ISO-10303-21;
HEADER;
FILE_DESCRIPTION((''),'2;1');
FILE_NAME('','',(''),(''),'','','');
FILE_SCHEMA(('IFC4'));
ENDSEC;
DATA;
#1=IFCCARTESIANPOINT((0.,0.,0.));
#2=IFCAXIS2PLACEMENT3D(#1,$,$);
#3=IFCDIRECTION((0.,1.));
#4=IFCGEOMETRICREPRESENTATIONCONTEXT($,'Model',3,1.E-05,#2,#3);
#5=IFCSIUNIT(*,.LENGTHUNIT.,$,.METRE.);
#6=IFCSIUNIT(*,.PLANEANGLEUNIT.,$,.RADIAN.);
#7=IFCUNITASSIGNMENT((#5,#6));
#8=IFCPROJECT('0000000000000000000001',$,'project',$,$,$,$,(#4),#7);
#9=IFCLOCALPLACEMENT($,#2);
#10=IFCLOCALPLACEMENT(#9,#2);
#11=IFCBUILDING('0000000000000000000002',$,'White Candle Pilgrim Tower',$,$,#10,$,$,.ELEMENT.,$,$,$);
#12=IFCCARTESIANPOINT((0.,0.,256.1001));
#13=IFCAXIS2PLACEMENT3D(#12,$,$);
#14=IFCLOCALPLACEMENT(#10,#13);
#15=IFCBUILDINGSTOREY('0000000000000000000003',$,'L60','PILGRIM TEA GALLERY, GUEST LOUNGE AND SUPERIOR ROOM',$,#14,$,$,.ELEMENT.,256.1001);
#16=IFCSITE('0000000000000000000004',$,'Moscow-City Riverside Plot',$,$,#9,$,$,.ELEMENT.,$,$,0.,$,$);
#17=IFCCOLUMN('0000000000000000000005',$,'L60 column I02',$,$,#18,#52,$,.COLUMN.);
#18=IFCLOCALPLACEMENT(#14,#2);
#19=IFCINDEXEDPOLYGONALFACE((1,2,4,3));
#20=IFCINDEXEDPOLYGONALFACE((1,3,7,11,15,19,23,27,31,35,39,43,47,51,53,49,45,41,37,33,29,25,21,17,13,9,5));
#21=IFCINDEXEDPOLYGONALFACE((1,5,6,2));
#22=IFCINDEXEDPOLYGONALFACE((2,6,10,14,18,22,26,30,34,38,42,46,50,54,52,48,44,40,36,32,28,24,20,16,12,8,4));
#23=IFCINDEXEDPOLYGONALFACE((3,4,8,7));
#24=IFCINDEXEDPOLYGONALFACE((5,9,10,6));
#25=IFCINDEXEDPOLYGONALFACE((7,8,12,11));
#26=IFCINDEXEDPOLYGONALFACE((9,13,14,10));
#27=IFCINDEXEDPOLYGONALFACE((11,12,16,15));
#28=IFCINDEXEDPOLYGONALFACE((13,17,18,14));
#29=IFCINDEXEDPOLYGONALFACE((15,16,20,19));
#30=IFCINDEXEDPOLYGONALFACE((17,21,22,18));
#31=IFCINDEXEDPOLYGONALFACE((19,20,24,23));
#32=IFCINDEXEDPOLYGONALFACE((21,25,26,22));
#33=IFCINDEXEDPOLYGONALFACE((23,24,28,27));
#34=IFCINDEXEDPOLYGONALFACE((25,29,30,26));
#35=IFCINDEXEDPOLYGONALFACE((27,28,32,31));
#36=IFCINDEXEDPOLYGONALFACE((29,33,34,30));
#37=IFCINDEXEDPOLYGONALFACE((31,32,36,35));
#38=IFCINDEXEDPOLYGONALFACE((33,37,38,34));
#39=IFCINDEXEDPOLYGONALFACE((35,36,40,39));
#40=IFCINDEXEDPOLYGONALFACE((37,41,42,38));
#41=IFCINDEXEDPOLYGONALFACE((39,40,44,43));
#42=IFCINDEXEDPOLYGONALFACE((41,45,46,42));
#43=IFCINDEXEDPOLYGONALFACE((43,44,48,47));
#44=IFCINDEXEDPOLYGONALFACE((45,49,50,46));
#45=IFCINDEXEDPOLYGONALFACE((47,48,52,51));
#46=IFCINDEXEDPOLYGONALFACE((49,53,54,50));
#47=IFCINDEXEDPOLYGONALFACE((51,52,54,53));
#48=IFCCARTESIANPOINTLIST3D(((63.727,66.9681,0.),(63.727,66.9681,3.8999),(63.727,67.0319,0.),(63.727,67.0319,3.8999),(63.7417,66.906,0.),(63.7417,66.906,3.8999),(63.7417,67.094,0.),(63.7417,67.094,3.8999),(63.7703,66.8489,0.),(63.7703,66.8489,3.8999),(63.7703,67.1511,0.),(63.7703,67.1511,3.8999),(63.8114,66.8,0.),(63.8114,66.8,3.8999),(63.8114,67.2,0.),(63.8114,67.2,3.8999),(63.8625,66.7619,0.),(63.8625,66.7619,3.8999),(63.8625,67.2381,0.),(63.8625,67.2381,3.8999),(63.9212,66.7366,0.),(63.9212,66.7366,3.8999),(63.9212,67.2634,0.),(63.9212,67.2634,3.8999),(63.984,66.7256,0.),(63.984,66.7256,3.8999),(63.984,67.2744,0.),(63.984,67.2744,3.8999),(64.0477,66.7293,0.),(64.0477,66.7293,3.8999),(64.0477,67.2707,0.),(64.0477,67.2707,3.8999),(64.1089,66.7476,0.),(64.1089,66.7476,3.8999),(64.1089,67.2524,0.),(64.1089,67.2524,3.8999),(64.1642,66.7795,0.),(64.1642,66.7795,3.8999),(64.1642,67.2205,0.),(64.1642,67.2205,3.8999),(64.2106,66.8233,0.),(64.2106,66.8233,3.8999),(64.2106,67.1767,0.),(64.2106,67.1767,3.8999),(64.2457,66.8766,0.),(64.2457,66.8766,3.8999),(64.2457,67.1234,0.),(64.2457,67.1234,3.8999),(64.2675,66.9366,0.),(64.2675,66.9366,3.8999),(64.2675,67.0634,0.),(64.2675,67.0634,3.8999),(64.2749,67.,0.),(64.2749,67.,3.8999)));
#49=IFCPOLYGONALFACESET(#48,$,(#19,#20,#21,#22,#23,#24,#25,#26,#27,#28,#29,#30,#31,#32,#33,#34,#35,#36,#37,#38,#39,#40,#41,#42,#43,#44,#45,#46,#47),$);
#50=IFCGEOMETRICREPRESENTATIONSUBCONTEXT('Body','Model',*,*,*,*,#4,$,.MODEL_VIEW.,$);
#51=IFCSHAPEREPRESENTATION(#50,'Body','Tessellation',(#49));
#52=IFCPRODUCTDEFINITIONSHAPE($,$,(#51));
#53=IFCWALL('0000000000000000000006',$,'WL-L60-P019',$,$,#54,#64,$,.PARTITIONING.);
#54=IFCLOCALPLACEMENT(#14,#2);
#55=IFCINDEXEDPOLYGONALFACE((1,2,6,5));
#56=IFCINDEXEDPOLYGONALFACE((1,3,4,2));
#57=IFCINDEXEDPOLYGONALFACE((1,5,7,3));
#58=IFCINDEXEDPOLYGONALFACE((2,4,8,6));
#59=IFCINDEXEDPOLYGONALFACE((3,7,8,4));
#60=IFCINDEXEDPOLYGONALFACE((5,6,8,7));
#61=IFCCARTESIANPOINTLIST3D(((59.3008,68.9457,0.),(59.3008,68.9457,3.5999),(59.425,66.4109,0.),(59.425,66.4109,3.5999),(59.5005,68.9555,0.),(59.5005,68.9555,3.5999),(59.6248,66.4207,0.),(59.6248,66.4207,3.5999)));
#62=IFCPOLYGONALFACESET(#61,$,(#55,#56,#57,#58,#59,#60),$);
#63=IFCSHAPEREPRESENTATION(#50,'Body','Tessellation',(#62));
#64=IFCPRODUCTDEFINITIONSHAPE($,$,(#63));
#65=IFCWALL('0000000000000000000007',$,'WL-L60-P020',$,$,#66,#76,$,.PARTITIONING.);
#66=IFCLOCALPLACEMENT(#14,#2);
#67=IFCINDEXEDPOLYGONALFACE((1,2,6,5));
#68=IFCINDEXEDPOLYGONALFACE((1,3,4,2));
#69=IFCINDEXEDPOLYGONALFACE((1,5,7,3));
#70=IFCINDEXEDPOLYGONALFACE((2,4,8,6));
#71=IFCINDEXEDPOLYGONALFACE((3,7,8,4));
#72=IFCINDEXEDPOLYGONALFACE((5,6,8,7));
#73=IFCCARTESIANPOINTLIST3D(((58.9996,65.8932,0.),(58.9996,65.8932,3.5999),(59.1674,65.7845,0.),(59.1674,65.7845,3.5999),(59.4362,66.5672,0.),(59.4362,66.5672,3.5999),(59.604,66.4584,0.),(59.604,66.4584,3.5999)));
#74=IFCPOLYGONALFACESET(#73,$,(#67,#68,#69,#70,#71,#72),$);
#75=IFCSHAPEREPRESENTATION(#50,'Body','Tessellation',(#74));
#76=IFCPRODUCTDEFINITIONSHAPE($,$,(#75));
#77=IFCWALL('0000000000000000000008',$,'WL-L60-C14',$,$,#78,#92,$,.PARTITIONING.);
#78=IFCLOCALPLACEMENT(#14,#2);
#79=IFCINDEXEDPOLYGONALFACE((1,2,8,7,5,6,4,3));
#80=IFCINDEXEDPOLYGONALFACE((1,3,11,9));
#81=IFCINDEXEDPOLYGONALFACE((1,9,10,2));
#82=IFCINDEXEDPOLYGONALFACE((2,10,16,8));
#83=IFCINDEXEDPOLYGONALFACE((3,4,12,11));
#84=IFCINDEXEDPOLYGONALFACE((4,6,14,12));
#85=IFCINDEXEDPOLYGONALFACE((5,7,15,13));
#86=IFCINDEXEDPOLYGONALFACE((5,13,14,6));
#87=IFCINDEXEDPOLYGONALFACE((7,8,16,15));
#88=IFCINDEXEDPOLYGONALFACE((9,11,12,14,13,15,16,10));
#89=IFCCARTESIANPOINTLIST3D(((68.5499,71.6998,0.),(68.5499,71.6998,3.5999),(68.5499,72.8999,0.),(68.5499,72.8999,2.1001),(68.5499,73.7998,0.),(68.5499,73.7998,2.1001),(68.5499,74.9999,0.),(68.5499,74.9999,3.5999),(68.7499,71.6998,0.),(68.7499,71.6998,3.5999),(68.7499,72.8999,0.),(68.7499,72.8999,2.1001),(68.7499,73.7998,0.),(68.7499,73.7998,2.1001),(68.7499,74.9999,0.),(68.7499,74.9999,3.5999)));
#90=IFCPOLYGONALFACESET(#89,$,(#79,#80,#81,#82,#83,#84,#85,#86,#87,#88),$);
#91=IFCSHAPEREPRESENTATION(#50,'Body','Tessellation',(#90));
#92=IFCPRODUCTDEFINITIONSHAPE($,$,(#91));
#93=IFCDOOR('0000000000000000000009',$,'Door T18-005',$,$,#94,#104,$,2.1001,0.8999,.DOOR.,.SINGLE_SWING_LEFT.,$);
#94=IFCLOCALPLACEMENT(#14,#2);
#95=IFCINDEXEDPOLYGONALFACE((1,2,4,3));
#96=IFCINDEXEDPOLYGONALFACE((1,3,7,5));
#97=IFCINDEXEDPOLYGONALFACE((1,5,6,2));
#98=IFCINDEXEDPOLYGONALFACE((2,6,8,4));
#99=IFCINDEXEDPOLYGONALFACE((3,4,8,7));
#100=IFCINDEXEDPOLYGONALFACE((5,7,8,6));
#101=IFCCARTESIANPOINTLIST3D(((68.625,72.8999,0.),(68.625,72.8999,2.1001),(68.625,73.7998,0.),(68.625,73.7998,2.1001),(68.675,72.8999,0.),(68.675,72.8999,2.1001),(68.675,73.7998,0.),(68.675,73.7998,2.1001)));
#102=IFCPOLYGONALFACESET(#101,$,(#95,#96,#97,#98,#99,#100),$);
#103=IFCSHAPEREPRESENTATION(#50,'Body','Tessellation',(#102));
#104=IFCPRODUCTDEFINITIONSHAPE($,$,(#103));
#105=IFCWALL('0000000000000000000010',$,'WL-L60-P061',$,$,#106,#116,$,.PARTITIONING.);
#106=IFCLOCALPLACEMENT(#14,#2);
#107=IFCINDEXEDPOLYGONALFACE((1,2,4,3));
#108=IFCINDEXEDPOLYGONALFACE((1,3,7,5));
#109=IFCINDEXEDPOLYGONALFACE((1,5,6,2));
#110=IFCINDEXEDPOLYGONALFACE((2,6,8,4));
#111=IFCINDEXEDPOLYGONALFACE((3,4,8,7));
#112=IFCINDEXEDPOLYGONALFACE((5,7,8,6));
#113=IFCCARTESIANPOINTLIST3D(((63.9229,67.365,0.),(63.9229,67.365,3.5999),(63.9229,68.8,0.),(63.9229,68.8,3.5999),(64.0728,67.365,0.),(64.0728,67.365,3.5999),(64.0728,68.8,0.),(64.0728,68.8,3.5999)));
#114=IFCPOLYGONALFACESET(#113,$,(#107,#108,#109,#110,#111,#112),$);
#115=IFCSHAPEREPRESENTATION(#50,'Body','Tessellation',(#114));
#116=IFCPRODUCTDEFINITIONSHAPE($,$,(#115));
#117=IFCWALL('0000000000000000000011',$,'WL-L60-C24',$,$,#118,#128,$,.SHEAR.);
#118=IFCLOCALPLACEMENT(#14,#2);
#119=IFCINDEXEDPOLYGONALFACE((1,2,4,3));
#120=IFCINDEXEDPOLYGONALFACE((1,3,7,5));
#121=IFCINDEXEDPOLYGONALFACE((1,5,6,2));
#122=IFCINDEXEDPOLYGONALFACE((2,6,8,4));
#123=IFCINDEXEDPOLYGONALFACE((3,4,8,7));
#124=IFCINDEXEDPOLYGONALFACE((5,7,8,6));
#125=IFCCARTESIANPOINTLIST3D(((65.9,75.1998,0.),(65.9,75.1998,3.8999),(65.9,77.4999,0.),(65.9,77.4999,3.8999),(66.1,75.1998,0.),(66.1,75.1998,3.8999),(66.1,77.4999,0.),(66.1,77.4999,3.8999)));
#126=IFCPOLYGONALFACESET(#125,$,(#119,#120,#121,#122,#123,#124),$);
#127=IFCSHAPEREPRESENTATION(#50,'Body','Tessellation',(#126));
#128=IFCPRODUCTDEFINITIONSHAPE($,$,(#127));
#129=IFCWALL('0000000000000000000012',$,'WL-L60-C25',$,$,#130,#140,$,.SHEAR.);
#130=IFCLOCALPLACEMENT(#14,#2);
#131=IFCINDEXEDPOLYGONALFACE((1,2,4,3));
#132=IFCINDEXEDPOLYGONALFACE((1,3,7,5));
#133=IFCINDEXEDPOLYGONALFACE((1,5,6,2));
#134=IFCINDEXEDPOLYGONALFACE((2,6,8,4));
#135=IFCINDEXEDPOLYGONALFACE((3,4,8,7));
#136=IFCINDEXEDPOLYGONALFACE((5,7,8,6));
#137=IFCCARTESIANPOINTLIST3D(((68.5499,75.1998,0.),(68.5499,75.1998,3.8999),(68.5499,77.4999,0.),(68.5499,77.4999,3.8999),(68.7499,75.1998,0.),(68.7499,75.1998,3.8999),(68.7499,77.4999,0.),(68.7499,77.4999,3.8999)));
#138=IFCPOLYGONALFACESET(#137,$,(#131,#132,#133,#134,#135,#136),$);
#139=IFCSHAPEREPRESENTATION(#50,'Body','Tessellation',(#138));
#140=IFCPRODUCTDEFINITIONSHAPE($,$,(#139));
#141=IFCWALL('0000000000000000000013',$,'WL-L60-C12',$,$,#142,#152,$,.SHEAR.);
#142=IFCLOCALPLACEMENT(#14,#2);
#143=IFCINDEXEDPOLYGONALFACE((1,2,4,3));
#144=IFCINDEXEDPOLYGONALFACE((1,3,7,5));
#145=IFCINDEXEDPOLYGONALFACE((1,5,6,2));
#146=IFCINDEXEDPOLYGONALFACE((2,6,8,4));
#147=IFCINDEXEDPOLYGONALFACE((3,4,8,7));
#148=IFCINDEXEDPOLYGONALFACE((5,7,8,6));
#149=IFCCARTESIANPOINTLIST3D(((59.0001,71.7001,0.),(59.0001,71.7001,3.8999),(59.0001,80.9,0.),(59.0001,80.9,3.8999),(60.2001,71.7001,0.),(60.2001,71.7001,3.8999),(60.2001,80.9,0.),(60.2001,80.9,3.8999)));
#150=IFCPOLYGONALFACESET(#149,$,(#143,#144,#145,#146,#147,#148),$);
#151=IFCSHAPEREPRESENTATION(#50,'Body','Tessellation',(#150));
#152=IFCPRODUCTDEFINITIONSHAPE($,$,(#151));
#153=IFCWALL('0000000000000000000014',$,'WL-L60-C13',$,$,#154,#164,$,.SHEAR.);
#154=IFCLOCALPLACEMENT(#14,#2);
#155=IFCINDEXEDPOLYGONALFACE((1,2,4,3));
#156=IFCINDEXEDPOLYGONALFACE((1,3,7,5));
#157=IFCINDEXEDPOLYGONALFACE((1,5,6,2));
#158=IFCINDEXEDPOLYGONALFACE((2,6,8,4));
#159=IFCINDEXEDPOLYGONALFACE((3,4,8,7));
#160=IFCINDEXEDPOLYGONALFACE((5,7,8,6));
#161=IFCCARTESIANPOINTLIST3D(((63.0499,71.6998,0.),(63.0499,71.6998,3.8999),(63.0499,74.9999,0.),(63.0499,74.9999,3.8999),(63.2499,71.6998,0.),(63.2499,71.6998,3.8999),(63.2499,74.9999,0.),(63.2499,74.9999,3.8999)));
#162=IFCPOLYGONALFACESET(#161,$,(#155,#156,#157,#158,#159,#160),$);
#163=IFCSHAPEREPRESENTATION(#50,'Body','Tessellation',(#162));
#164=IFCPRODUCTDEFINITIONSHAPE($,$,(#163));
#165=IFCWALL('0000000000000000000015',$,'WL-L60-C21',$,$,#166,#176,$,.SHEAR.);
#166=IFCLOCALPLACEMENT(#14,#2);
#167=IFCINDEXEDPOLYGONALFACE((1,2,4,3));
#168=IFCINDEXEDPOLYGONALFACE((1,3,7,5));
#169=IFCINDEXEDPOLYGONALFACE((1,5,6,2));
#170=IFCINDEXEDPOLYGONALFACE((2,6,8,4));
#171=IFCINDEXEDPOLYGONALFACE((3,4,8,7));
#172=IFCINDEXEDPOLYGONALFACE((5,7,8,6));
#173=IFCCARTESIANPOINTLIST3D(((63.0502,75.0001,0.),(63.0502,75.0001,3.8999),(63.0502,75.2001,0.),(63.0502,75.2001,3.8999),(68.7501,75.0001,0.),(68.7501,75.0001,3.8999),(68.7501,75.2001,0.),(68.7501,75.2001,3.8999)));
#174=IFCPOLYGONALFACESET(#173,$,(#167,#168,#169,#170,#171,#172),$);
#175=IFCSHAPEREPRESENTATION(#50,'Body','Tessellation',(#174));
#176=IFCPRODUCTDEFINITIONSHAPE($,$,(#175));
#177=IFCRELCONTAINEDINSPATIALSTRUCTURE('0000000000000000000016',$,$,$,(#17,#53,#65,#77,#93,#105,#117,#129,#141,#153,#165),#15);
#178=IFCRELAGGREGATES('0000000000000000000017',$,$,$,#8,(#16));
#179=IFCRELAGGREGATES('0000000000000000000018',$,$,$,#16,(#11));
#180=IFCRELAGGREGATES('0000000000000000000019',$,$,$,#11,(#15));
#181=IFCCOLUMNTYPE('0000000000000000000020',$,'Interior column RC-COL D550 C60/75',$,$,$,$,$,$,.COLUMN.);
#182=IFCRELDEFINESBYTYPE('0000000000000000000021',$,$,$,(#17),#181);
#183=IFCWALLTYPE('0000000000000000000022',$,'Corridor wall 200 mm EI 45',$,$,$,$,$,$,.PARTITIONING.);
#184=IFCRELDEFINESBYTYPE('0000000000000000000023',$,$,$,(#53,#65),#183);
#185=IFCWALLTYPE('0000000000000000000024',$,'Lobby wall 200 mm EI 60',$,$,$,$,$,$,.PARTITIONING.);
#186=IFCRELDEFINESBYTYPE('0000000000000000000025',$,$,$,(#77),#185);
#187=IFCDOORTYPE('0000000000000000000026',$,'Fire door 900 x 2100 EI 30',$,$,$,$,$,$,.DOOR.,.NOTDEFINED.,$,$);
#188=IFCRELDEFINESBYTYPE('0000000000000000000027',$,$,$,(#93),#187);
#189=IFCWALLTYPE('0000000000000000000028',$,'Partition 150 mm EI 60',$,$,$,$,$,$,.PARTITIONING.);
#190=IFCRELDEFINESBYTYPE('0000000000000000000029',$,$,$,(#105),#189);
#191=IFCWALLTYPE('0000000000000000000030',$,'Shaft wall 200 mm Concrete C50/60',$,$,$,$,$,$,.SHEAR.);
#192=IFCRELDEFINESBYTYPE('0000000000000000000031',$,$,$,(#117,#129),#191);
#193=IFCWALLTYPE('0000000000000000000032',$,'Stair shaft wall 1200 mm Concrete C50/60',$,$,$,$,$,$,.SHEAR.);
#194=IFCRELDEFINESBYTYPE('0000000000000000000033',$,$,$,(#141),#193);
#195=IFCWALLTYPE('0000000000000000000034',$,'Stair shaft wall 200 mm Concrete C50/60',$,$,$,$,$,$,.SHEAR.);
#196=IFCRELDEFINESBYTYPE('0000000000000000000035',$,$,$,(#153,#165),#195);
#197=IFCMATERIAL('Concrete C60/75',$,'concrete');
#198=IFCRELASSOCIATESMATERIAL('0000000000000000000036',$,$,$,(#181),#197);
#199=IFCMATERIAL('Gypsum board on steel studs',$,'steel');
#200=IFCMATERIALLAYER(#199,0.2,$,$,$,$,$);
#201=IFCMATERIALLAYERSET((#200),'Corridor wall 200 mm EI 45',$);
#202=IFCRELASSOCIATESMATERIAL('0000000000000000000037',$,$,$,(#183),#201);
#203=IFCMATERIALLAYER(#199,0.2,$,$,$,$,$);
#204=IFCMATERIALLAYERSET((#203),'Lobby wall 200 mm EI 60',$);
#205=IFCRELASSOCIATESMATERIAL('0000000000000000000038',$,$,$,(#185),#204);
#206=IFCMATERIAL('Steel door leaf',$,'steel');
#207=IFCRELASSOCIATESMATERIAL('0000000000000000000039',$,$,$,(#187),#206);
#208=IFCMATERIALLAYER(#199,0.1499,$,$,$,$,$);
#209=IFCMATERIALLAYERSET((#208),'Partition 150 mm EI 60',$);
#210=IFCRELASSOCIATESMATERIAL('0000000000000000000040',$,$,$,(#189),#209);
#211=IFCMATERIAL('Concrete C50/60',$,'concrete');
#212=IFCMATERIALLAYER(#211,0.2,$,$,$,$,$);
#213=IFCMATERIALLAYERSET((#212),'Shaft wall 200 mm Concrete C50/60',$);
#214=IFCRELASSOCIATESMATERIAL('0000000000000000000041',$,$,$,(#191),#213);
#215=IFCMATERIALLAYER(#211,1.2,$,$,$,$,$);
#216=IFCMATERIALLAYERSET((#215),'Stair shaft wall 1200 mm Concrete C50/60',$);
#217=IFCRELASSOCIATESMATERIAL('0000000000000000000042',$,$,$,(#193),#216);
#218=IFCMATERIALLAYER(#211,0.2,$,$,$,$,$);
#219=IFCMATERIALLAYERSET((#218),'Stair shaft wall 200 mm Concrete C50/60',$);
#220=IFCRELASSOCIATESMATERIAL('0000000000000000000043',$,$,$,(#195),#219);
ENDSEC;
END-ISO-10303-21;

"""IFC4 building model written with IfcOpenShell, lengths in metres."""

from ifc_helpers import new_model, si_unit, direction, frame, frame_2d, origin, origin_2d, place, context, subcontext, project, spatial, rectangle, circle, extrude, material, layer, layer_set, material_profile, profile_set, type_object, element, fill, save


model = new_model("IFC4")

# Units and contexts
model_context = context("Model", 3, precision=1e-05, world=origin(), true_north=direction((0.0, 1.0)))
body_context = subcontext(model_context, "Body", "Model", "MODEL_VIEW")
ifc_project = project(units=[si_unit("LENGTHUNIT", "METRE"), si_unit("PLANEANGLEUNIT", "RADIAN")], contexts=[model_context])

# Site, building, storey
site_placement = place(None, origin())
site = spatial("IfcSite", under=ifc_project, at=site_placement, Name="Moscow-City Riverside Plot", CompositionType="ELEMENT", RefElevation=0.0)
building_placement = place(site_placement, origin())
building = spatial("IfcBuilding", under=site, at=building_placement, Name="White Candle Pilgrim Tower", CompositionType="ELEMENT")
storey_placement = place(building_placement, frame((0.0, 0.0, 256.1001)))
storey = spatial("IfcBuildingStorey", under=building, at=storey_placement, Name="L60", Description="PILGRIM TEA GALLERY, GUEST LOUNGE AND SUPERIOR ROOM", CompositionType="ELEMENT", Elevation=256.1001)

# Column
ifc_material_1 = material(Name="Concrete C60/75", Category="concrete")
ifc_material_profile = material_profile(ifc_material_1, circle(Radius=0.2749, at=origin_2d()), Name="RC-COL D550")
ifc_profile_set = profile_set([ifc_material_profile], Name="Concrete C60/75")
column_type = type_object("IfcColumnType", Name="Interior column RC-COL D550 C60/75", PredefinedType="COLUMN", material=ifc_profile_set)
column_placement = place(storey_placement, frame((64.0, 67.0, 0.0), z_axis=(0.0, 0.0, 1.0), x_axis=(1.0, 0.0, 0.0)))
element("IfcColumn", 1, at=column_placement, inside=storey, type_object=column_type, Name="L60 column I02", PredefinedType="COLUMN", context=body_context, shape_type="SweptSolid", body=[
    extrude(circle(Radius=0.2749, at=origin_2d()), origin(), (0.0, 0.0, 1.0), 3.8999),
])

# Walls
ifc_material_2 = material(Name="Gypsum board on steel studs", Category="steel")
ifc_layer_1 = layer(ifc_material_2, 0.2)
ifc_layer_set_1 = layer_set([ifc_layer_1], Name="Corridor wall 200 mm EI 45")
wall_type_1 = type_object("IfcWallType", Name="Corridor wall 200 mm EI 45", PredefinedType="PARTITIONING", material=ifc_layer_set_1)
wall_1_placement = place(storey_placement, frame((59.4006, 68.9507, 0.0), z_axis=(0.0, 0.0, 1.0), x_axis=(0.048964, -0.998801, 0.0)))
element("IfcWall", 2, at=wall_1_placement, inside=storey, type_object=wall_type_1, Name="WL-L60-P019", PredefinedType="PARTITIONING", context=body_context, shape_type="SweptSolid", body=[
    extrude(rectangle(XDim=2.5378, YDim=0.2, at=frame_2d((1.269, 0.0))), origin(), (0.0, 0.0, 1.0), 3.5999),
])
wall_2_placement = place(storey_placement, frame((59.52, 66.5127, 0.0), z_axis=(0.0, 0.0, 1.0), x_axis=(-0.543705, -0.839276, 0.0)))
element("IfcWall", 3, at=wall_2_placement, inside=storey, type_object=wall_type_1, Name="WL-L60-P020", PredefinedType="PARTITIONING", context=body_context, shape_type="SweptSolid", body=[
    extrude(rectangle(XDim=0.803, YDim=0.2, at=frame_2d((0.4014, 0.0))), origin(), (0.0, 0.0, 1.0), 3.5999),
])

# Wall, opening, door
ifc_layer_2 = layer(ifc_material_2, 0.2)
ifc_layer_set_2 = layer_set([ifc_layer_2], Name="Lobby wall 200 mm EI 60")
wall_type_2 = type_object("IfcWallType", Name="Lobby wall 200 mm EI 60", PredefinedType="PARTITIONING", material=ifc_layer_set_2)
wall_3_placement = place(storey_placement, frame((68.6499, 71.7, 0.0), z_axis=(0.0, 0.0, 1.0), x_axis=(0.0, 1.0, 0.0)))
wall_3 = element("IfcWall", 4, at=wall_3_placement, inside=storey, type_object=wall_type_2, Name="WL-L60-C14", PredefinedType="PARTITIONING", context=body_context, shape_type="SweptSolid", body=[
    extrude(rectangle(XDim=3.3, YDim=0.2, at=frame_2d((1.6499, 0.0))), origin(), (0.0, 0.0, 1.0), 3.5999),
])
opening_placement = place(wall_3_placement, frame((1.2, 0.0, 0.0)))
opening = element("IfcOpeningElement", 5, at=opening_placement, cuts=wall_3, PredefinedType="OPENING", context=body_context, shape_type="SweptSolid", body=[
    extrude(rectangle(XDim=0.8999, YDim=2.1001, at=frame_2d((0.45, 1.05))), frame((0.0, 0.1099, 0.0), z_axis=(0.0, -1.0, 0.0), x_axis=(1.0, 0.0, 0.0)), (0.0, 0.0, 1.0), 0.22),
])
ifc_material_3 = material(Name="Steel door leaf", Category="steel")
door_type = type_object("IfcDoorType", Name="Fire door 900 x 2100 EI 30", OperationType="NOTDEFINED", PredefinedType="DOOR", material=ifc_material_3)
door_placement = place(opening_placement, origin())
door = element("IfcDoor", 6, at=door_placement, inside=storey, type_object=door_type, Name="Door T18-005", OperationType="SINGLE_SWING_LEFT", OverallHeight=2.1001, OverallWidth=0.8999, PredefinedType="DOOR", context=body_context, shape_type="SweptSolid", body=[
    extrude(rectangle(XDim=0.8999, YDim=2.1001, at=frame_2d((0.45, 1.05))), frame((0.0, 0.0249, 0.0), z_axis=(0.0, -1.0, 0.0), x_axis=(1.0, 0.0, 0.0)), (0.0, 0.0, 1.0), 0.05),
])
fill(opening, door)

# Walls
ifc_layer_3 = layer(ifc_material_2, 0.1499)
ifc_layer_set_3 = layer_set([ifc_layer_3], Name="Partition 150 mm EI 60")
wall_type_3 = type_object("IfcWallType", Name="Partition 150 mm EI 60", PredefinedType="PARTITIONING", material=ifc_layer_set_3)
wall_4_placement = place(storey_placement, frame((63.9978, 67.365, 0.0), z_axis=(0.0, 0.0, 1.0), x_axis=(0.0, 1.0, 0.0)))
element("IfcWall", 7, at=wall_4_placement, inside=storey, type_object=wall_type_3, Name="WL-L60-P061", PredefinedType="PARTITIONING", context=body_context, shape_type="SweptSolid", body=[
    extrude(rectangle(XDim=1.4351, YDim=0.1499, at=frame_2d((0.7175, 0.0))), origin(), (0.0, 0.0, 1.0), 3.5999),
])
ifc_material_4 = material(Name="Concrete C50/60", Category="concrete")
ifc_layer_4 = layer(ifc_material_4, 0.2)
ifc_layer_set_4 = layer_set([ifc_layer_4], Name="Shaft wall 200 mm Concrete C50/60")
wall_type_4 = type_object("IfcWallType", Name="Shaft wall 200 mm Concrete C50/60", PredefinedType="SHEAR", material=ifc_layer_set_4)
for number, where, z_axis, x_axis, name in (
    (8, (66.0, 75.2, 0.0), (0.0, 0.0, 1.0), (0.0, 1.0, 0.0), "WL-L60-C24"),
    (9, (68.6499, 75.2, 0.0), (0.0, 0.0, 1.0), (0.0, 1.0, 0.0), "WL-L60-C25"),
):
    element("IfcWall", number, at=place(storey_placement, frame(where, z_axis=z_axis, x_axis=x_axis)), inside=storey, type_object=wall_type_4, Name=name, PredefinedType="SHEAR", context=body_context, shape_type="SweptSolid", body=[
        extrude(rectangle(XDim=2.3, YDim=0.2, at=frame_2d((1.1499, 0.0))), origin(), (0.0, 0.0, 1.0), 3.8999),
    ])
ifc_layer_5 = layer(ifc_material_4, 1.2)
ifc_layer_set_5 = layer_set([ifc_layer_5], Name="Stair shaft wall 1200 mm Concrete C50/60")
wall_type_5 = type_object("IfcWallType", Name="Stair shaft wall 1200 mm Concrete C50/60", PredefinedType="SHEAR", material=ifc_layer_set_5)
wall_5_placement = place(storey_placement, frame((59.6001, 71.7, 0.0), z_axis=(0.0, 0.0, 1.0), x_axis=(0.0, 1.0, 0.0)))
element("IfcWall", 10, at=wall_5_placement, inside=storey, type_object=wall_type_5, Name="WL-L60-C12", PredefinedType="SHEAR", context=body_context, shape_type="SweptSolid", body=[
    extrude(rectangle(XDim=9.2, YDim=1.2, at=frame_2d((4.6001, 0.0))), origin(), (0.0, 0.0, 1.0), 3.8999),
])
ifc_layer_6 = layer(ifc_material_4, 0.2)
ifc_layer_set_6 = layer_set([ifc_layer_6], Name="Stair shaft wall 200 mm Concrete C50/60")
wall_type_6 = type_object("IfcWallType", Name="Stair shaft wall 200 mm Concrete C50/60", PredefinedType="SHEAR", material=ifc_layer_set_6)
wall_6_placement = place(storey_placement, frame((63.1499, 71.7, 0.0), z_axis=(0.0, 0.0, 1.0), x_axis=(0.0, 1.0, 0.0)))
element("IfcWall", 11, at=wall_6_placement, inside=storey, type_object=wall_type_6, Name="WL-L60-C13", PredefinedType="SHEAR", context=body_context, shape_type="SweptSolid", body=[
    extrude(rectangle(XDim=3.3, YDim=0.2, at=frame_2d((1.6499, 0.0))), origin(), (0.0, 0.0, 1.0), 3.8999),
])
wall_7_placement = place(storey_placement, frame((63.05, 75.1001, 0.0), z_axis=(0.0, 0.0, 1.0), x_axis=(1.0, 0.0, 0.0)))
element("IfcWall", 12, at=wall_7_placement, inside=storey, type_object=wall_type_6, Name="WL-L60-C21", PredefinedType="SHEAR", context=body_context, shape_type="SweptSolid", body=[
    extrude(rectangle(XDim=5.7, YDim=0.2, at=frame_2d((2.8501, 0.0))), origin(), (0.0, 0.0, 1.0), 3.8999),
])

save(model, "model.ifc")
